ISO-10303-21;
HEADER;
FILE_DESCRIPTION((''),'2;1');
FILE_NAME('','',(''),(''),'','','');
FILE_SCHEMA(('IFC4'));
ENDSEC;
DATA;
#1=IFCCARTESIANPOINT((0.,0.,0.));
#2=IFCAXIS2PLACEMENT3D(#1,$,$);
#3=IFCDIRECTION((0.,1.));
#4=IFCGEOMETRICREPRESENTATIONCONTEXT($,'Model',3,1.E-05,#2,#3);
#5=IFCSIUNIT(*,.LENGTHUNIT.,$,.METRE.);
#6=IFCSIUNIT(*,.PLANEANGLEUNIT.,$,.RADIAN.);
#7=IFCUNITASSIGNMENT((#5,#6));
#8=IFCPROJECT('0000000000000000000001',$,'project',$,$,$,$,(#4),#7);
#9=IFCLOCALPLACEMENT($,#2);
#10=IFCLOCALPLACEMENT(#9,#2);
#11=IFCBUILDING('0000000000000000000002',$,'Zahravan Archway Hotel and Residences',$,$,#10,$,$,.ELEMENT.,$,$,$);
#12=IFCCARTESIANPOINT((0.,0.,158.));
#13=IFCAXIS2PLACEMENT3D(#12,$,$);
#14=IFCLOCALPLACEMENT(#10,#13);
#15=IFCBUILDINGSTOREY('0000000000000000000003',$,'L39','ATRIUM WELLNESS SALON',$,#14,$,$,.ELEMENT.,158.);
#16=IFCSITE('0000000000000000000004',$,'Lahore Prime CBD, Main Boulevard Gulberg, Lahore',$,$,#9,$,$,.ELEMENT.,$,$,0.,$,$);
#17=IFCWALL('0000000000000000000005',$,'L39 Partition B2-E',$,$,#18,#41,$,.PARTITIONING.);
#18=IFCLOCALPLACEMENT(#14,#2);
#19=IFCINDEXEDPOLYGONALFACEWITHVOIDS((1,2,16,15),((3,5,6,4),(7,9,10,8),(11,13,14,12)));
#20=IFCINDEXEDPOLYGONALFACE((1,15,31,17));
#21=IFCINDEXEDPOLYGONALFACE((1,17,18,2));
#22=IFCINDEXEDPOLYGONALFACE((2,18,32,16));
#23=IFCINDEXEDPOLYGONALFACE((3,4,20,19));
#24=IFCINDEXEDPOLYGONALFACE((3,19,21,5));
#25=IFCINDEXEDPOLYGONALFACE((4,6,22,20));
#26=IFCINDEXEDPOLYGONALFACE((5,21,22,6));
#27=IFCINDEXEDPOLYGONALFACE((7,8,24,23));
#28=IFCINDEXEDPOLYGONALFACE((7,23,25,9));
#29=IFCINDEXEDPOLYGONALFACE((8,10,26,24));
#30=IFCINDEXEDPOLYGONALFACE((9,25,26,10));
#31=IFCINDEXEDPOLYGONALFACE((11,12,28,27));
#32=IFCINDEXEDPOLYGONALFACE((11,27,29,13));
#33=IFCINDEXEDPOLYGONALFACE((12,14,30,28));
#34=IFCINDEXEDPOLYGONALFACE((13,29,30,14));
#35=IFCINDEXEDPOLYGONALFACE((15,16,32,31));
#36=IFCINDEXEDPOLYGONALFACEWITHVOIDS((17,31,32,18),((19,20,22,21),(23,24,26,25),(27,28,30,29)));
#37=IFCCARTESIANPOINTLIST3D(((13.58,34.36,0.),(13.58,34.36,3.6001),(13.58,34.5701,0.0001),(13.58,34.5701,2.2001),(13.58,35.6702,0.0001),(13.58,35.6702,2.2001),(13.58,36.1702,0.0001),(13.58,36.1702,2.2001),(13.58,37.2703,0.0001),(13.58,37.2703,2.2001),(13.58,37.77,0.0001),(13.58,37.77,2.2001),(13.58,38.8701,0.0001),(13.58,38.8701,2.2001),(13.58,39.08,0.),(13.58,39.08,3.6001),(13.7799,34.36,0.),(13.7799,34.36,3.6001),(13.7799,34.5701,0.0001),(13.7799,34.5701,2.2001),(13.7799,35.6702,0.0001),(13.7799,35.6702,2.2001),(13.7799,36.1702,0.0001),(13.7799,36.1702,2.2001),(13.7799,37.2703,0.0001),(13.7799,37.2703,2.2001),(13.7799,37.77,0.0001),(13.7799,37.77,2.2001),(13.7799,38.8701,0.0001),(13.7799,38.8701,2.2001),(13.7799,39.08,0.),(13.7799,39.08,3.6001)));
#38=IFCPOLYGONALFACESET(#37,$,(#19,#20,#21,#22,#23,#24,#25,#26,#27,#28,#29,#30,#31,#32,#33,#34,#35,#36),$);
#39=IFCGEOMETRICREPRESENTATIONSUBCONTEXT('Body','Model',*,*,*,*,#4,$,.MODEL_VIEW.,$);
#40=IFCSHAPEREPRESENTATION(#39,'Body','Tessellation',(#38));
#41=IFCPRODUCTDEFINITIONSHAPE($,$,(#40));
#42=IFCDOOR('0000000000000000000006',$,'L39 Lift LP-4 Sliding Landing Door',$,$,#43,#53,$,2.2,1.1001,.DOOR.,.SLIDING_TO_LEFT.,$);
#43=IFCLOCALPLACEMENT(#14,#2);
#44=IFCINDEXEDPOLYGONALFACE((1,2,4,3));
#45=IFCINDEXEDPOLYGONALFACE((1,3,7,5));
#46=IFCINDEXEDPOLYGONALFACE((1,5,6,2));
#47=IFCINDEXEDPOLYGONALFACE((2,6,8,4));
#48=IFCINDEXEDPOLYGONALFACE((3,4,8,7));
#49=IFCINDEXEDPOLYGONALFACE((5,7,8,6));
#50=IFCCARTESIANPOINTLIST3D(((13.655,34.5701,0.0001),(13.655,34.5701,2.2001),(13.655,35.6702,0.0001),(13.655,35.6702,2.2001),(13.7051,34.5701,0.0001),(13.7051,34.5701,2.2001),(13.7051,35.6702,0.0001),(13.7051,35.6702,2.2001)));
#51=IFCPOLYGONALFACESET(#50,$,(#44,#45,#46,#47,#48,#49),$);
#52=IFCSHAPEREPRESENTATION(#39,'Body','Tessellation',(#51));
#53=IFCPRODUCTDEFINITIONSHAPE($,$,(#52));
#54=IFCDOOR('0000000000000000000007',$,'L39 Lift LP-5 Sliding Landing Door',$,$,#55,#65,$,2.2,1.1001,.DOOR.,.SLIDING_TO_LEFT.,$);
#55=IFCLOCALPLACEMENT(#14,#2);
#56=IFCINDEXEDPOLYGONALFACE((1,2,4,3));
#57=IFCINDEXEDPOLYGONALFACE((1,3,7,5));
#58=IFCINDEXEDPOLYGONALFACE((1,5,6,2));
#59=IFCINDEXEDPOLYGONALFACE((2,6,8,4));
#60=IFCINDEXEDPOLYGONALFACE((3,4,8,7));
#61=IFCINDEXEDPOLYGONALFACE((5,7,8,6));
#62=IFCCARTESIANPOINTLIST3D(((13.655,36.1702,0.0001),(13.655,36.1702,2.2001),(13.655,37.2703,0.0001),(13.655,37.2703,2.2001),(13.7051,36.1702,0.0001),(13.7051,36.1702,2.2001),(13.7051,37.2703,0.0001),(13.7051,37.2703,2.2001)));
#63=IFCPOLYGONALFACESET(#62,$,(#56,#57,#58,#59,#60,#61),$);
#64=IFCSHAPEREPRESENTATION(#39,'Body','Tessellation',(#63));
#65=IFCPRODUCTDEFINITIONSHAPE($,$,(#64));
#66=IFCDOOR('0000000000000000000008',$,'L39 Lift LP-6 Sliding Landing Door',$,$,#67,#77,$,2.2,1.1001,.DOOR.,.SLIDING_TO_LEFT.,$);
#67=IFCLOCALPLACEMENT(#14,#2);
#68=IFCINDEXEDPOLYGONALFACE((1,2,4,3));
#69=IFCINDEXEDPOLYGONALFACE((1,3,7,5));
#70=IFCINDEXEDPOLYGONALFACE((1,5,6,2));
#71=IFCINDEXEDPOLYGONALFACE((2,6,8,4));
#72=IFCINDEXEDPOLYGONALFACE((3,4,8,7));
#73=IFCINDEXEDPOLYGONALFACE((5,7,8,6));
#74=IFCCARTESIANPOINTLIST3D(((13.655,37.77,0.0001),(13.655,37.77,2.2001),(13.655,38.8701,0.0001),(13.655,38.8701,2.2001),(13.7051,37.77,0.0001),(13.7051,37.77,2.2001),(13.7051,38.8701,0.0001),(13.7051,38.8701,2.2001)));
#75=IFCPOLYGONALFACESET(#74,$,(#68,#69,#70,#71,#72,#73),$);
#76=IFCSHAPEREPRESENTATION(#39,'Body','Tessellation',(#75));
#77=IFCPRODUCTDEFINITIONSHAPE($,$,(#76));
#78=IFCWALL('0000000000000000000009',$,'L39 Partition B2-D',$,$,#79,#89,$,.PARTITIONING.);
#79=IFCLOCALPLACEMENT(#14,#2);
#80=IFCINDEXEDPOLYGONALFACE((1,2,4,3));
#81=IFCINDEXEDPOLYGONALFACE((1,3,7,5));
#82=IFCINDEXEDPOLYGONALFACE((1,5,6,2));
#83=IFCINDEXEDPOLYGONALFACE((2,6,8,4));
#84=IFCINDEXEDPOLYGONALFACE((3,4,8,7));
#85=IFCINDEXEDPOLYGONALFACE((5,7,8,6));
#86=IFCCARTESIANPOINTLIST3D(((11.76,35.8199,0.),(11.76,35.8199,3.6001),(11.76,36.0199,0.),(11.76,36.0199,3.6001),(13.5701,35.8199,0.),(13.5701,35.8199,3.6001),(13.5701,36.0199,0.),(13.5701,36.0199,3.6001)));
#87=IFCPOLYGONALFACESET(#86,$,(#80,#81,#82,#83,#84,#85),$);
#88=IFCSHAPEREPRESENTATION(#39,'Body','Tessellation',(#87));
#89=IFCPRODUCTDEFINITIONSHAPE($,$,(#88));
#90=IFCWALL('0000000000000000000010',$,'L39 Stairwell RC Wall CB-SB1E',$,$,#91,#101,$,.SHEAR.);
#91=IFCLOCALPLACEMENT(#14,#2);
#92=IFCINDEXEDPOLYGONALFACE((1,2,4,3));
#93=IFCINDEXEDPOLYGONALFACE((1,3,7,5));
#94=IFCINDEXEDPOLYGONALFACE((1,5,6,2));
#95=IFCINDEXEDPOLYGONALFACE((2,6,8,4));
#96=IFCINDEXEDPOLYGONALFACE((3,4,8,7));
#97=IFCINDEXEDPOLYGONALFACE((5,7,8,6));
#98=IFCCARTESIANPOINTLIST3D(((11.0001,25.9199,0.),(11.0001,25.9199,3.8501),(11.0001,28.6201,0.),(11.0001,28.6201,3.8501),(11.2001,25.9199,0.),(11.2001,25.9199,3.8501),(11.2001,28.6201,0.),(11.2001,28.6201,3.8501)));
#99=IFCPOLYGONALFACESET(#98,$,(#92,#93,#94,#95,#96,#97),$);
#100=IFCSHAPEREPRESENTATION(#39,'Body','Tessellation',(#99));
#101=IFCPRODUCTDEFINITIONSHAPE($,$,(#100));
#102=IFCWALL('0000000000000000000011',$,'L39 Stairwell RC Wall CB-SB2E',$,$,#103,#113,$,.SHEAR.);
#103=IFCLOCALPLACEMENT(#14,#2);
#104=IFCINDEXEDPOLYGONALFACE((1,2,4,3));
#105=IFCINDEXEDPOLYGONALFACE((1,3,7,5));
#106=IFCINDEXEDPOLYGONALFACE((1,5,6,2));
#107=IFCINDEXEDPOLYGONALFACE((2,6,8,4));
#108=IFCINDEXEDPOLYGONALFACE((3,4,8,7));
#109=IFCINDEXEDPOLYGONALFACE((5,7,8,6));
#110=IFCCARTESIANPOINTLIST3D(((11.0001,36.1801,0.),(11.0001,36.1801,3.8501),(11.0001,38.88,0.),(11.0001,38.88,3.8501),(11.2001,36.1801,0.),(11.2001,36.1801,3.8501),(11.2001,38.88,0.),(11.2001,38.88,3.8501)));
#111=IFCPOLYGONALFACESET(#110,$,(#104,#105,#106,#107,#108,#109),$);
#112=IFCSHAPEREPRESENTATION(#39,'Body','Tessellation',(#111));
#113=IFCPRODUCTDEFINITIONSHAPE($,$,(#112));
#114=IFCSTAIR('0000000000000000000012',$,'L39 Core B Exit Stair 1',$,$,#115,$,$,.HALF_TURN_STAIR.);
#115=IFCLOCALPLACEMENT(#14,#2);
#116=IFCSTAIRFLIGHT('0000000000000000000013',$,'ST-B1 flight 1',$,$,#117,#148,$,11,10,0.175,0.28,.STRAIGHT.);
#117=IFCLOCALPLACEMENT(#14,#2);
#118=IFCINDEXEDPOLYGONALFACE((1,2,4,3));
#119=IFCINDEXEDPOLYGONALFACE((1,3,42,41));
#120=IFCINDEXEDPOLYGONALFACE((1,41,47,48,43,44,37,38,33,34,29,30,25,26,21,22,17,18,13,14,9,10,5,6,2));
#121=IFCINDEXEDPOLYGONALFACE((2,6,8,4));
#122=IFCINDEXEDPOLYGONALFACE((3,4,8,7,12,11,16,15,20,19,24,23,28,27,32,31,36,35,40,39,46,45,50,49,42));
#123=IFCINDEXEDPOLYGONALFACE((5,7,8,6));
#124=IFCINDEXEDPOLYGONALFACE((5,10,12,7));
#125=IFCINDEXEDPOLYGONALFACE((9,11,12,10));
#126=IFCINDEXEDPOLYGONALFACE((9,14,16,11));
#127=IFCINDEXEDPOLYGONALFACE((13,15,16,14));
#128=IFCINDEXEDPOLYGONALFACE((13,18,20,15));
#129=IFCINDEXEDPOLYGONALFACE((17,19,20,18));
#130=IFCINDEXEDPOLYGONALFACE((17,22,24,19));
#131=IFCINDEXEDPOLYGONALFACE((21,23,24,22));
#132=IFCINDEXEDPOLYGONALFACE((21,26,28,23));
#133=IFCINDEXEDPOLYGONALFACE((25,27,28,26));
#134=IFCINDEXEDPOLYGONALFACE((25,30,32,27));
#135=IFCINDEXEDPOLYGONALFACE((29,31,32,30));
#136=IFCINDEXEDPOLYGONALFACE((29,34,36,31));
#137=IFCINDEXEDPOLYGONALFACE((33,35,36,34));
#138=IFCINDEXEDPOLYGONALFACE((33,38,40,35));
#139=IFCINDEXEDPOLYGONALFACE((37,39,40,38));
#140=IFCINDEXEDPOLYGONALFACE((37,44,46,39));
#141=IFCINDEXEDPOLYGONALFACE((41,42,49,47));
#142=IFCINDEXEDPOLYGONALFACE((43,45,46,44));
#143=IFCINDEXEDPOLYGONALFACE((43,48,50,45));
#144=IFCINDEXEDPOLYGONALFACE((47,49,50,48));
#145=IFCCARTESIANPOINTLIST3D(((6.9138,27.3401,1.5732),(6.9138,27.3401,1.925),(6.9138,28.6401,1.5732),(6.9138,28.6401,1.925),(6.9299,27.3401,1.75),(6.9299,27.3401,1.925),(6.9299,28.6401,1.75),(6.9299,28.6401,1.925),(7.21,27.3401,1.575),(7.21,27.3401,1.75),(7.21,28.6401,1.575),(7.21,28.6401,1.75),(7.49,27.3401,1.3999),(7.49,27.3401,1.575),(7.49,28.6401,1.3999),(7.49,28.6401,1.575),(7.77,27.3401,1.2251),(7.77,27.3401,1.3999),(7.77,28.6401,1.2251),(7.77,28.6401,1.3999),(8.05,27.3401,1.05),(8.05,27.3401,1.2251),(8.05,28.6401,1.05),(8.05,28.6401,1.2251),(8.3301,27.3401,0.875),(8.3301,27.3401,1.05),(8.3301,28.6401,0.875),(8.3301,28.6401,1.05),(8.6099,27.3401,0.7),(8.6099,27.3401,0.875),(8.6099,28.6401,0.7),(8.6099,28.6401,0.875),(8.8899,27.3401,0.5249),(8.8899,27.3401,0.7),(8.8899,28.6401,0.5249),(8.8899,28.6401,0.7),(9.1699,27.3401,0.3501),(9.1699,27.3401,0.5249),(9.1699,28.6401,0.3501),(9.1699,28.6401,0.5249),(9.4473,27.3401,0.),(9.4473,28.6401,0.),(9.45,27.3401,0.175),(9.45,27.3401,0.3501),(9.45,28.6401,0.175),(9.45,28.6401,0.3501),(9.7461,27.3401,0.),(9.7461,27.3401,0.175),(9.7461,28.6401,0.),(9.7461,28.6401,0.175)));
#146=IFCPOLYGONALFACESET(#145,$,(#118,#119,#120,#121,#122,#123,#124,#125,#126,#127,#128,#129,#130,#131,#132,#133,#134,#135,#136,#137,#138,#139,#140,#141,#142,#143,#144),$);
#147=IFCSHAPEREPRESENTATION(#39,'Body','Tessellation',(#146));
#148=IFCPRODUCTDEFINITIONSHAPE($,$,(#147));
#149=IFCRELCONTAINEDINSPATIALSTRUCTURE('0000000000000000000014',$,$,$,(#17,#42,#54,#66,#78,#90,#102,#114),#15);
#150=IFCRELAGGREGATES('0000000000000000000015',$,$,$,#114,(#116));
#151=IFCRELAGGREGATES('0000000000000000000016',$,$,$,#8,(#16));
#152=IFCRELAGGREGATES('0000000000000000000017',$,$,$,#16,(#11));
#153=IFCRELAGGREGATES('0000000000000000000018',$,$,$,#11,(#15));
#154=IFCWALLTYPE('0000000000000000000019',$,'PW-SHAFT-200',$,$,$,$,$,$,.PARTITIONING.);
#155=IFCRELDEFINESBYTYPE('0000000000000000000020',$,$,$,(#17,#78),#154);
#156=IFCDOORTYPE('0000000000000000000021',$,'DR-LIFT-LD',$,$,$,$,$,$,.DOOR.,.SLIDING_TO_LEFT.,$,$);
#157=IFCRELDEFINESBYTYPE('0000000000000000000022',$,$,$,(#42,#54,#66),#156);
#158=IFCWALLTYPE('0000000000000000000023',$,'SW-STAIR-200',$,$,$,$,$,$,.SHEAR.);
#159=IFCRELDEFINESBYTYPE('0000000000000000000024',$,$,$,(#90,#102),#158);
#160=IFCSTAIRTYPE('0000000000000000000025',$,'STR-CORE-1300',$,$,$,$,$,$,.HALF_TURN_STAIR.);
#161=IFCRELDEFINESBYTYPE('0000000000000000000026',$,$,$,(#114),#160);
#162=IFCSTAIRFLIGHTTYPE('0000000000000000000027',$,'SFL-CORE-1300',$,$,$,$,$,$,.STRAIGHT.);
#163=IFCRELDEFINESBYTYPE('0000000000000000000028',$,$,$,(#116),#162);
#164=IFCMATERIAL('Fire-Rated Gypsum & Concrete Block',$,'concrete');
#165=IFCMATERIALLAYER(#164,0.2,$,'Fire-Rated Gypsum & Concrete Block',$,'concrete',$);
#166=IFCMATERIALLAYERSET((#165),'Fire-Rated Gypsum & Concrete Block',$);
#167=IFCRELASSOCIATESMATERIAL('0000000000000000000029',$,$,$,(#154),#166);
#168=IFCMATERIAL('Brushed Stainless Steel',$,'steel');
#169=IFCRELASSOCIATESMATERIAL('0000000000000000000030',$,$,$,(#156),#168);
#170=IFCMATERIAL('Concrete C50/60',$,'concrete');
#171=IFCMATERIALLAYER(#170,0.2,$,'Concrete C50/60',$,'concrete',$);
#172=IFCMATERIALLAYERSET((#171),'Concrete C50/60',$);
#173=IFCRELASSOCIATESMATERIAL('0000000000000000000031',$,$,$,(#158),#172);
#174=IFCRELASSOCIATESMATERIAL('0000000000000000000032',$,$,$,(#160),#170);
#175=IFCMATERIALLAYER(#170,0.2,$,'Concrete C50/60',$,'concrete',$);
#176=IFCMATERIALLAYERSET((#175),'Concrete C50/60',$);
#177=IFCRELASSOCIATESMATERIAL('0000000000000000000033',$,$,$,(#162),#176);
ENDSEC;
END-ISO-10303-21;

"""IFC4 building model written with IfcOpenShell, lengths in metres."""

from ifc_helpers import new_model, si_unit, direction, frame, frame_2d, origin, place, context, subcontext, project, spatial, polyline, rectangle, outline, extrude, source, transform, mapped, material, layer, layer_set, type_object, type_shapes, element, fill, aggregate, save


model = new_model("IFC4")

# Units and contexts
model_context = context("Model", 3, precision=1e-05, world=origin(), true_north=direction((0.0, 1.0)))
body_context = subcontext(model_context, "Body", "Model", "MODEL_VIEW")
ifc_project = project(units=[si_unit("LENGTHUNIT", "METRE"), si_unit("PLANEANGLEUNIT", "RADIAN")], contexts=[model_context])

# Site, building, storey
site_placement = place(None, origin())
site = spatial("IfcSite", under=ifc_project, at=site_placement, Name="Lahore Prime CBD, Main Boulevard Gulberg, Lahore", CompositionType="ELEMENT", RefElevation=0.0)
building_placement = place(site_placement, origin())
building = spatial("IfcBuilding", under=site, at=building_placement, Name="Zahravan Archway Hotel and Residences", CompositionType="ELEMENT")
storey_placement = place(building_placement, frame((0.0, 0.0, 158.0)))
storey = spatial("IfcBuildingStorey", under=building, at=storey_placement, Name="L39", Description="ATRIUM WELLNESS SALON", CompositionType="ELEMENT", Elevation=158.0)

# Shared definitions
ifc_material_1 = material(Name="Fire-Rated Gypsum & Concrete Block", Category="concrete")
ifc_layer_1 = layer(ifc_material_1, 0.2, Name="Fire-Rated Gypsum & Concrete Block", Category="concrete")
ifc_layer_set_1 = layer_set([ifc_layer_1], Name="Fire-Rated Gypsum & Concrete Block")
wall_type_1 = type_object("IfcWallType", Name="PW-SHAFT-200", PredefinedType="PARTITIONING", material=ifc_layer_set_1)

# Wall, openings, doors
wall_1_placement = place(storey_placement, frame((13.6799, 34.3601, 0.0), z_axis=(0.0, 0.0, 1.0), x_axis=(0.0, 1.0, 0.0)))
wall_1 = element("IfcWall", 1, at=wall_1_placement, inside=storey, type_object=wall_type_1, Name="L39 Partition B2-E", PredefinedType="PARTITIONING", context=body_context, shape_type="SweptSolid", body=[
    extrude(rectangle(XDim=4.72, YDim=0.2, at=frame_2d((2.3599, 0.0))), origin(), (0.0, 0.0, 1.0), 3.6001),
])
opening_1_placement = place(wall_1_placement, frame((0.21, 0.0, 0.0)))
opening_1 = element("IfcOpeningElement", 2, at=opening_1_placement, cuts=wall_1, PredefinedType="OPENING", context=body_context, shape_type="SweptSolid", body=[
    extrude(rectangle(XDim=1.1001, YDim=2.2, at=frame_2d((0.55, 1.1001))), frame((0.0, 0.1099, 0.0), z_axis=(0.0, -1.0, 0.0), x_axis=(1.0, 0.0, 0.0)), (0.0, 0.0, 1.0), 0.22),
])
opening_2_placement = place(wall_1_placement, frame((1.8101, 0.0, 0.0)))
opening_2 = element("IfcOpeningElement", 3, at=opening_2_placement, cuts=wall_1, PredefinedType="OPENING", context=body_context, shape_type="SweptSolid", body=[
    extrude(rectangle(XDim=1.1001, YDim=2.2, at=frame_2d((0.55, 1.1001))), frame((0.0, 0.1099, 0.0), z_axis=(0.0, -1.0, 0.0), x_axis=(1.0, 0.0, 0.0)), (0.0, 0.0, 1.0), 0.22),
])
opening_3_placement = place(wall_1_placement, frame((3.4099, 0.0, 0.0)))
opening_3 = element("IfcOpeningElement", 4, at=opening_3_placement, cuts=wall_1, PredefinedType="OPENING", context=body_context, shape_type="SweptSolid", body=[
    extrude(rectangle(XDim=1.1001, YDim=2.2, at=frame_2d((0.55, 1.1001))), frame((0.0, 0.1099, 0.0), z_axis=(0.0, -1.0, 0.0), x_axis=(1.0, 0.0, 0.0)), (0.0, 0.0, 1.0), 0.22),
])
ifc_material_2 = material(Name="Brushed Stainless Steel", Category="steel")
door_type_1 = type_object("IfcDoorType", Name="DR-LIFT-LD", OperationType="SLIDING_TO_LEFT", PredefinedType="DOOR", material=ifc_material_2)
shared_shape_1 = source(origin(), body_context, "Body", "SweptSolid", [
    extrude(rectangle(XDim=1.1001, YDim=2.2, at=frame_2d((0.55, 1.1001))), frame((0.0, 0.0249, 0.0), z_axis=(0.0, -1.0, 0.0), x_axis=(1.0, 0.0, 0.0)), (0.0, 0.0, 1.0), 0.05),
])
type_shapes(door_type_1, [shared_shape_1])
door_1_placement = place(opening_1_placement, origin())
door_1 = element("IfcDoor", 5, at=door_1_placement, inside=storey, type_object=door_type_1, Name="L39 Lift LP-4 Sliding Landing Door", OperationType="SLIDING_TO_LEFT", OverallHeight=2.2, OverallWidth=1.1001, PredefinedType="DOOR", context=body_context, shape_type="MappedRepresentation", body=[
    mapped(shared_shape_1, transform((0.0, 0.0, 0.0), scale=1.0)),
])
fill(opening_1, door_1)
door_2_placement = place(opening_2_placement, origin())
door_2 = element("IfcDoor", 6, at=door_2_placement, inside=storey, type_object=door_type_1, Name="L39 Lift LP-5 Sliding Landing Door", OperationType="SLIDING_TO_LEFT", OverallHeight=2.2, OverallWidth=1.1001, PredefinedType="DOOR", context=body_context, shape_type="MappedRepresentation", body=[
    mapped(shared_shape_1, transform((0.0, 0.0, 0.0), scale=1.0)),
])
fill(opening_2, door_2)
door_3_placement = place(opening_3_placement, origin())
door_3 = element("IfcDoor", 7, at=door_3_placement, inside=storey, type_object=door_type_1, Name="L39 Lift LP-6 Sliding Landing Door", OperationType="SLIDING_TO_LEFT", OverallHeight=2.2, OverallWidth=1.1001, PredefinedType="DOOR", context=body_context, shape_type="MappedRepresentation", body=[
    mapped(shared_shape_1, transform((0.0, 0.0, 0.0), scale=1.0)),
])
fill(opening_3, door_3)

# Wall
wall_2_placement = place(storey_placement, frame((11.76, 35.9199, 0.0), z_axis=(0.0, 0.0, 1.0), x_axis=(1.0, 0.0, 0.0)))
element("IfcWall", 8, at=wall_2_placement, inside=storey, type_object=wall_type_1, Name="L39 Partition B2-D", PredefinedType="PARTITIONING", context=body_context, shape_type="SweptSolid", body=[
    extrude(rectangle(XDim=1.8101, YDim=0.2, at=frame_2d((0.905, 0.0))), origin(), (0.0, 0.0, 1.0), 3.6001),
])

# Walls
ifc_material_3 = material(Name="Concrete C50/60", Category="concrete")
ifc_layer_2 = layer(ifc_material_3, 0.2, Name="Concrete C50/60", Category="concrete")
ifc_layer_set_2 = layer_set([ifc_layer_2], Name="Concrete C50/60")
wall_type_2 = type_object("IfcWallType", Name="SW-STAIR-200", PredefinedType="SHEAR", material=ifc_layer_set_2)
wall_3_placement = place(storey_placement, frame((11.1001, 25.9199, 0.0), z_axis=(0.0, 0.0, 1.0), x_axis=(0.0, 1.0, 0.0)))
element("IfcWall", 9, at=wall_3_placement, inside=storey, type_object=wall_type_2, Name="L39 Stairwell RC Wall CB-SB1E", PredefinedType="SHEAR", context=body_context, shape_type="SweptSolid", body=[
    extrude(rectangle(XDim=2.7002, YDim=0.2, at=frame_2d((1.3501, 0.0))), origin(), (0.0, 0.0, 1.0), 3.8501),
])
wall_4_placement = place(storey_placement, frame((11.1001, 36.1799, 0.0), z_axis=(0.0, 0.0, 1.0), x_axis=(0.0, 1.0, 0.0)))
element("IfcWall", 10, at=wall_4_placement, inside=storey, type_object=wall_type_2, Name="L39 Stairwell RC Wall CB-SB2E", PredefinedType="SHEAR", context=body_context, shape_type="SweptSolid", body=[
    extrude(rectangle(XDim=2.7, YDim=0.2, at=frame_2d((1.3501, 0.0))), origin(), (0.0, 0.0, 1.0), 3.8501),
])

# Stair, stair flight
stair_type = type_object("IfcStairType", Name="STR-CORE-1300", PredefinedType="HALF_TURN_STAIR", material=ifc_material_3)
stair_placement = place(storey_placement, origin())
stair = element("IfcStair", 11, at=stair_placement, inside=storey, type_object=stair_type, Name="L39 Core B Exit Stair 1", PredefinedType="HALF_TURN_STAIR")
ifc_layer_3 = layer(ifc_material_3, 0.2, Name="Concrete C50/60", Category="concrete")
ifc_layer_set_3 = layer_set([ifc_layer_3], Name="Concrete C50/60")
stair_flight_type = type_object("IfcStairFlightType", Name="SFL-CORE-1300", PredefinedType="STRAIGHT", material=ifc_layer_set_3)
shared_shape_2 = source(origin(), body_context, "Body", "SweptSolid", [
    extrude(outline(polyline([(-0.0161, 0.0), (-0.0161, 0.175), (0.28, 0.175), (0.28, 0.3501), (0.5601, 0.3501), (0.5601, 0.5249), (0.8401, 0.5249), (0.8401, 0.7), (1.1201, 0.7), (1.1201, 0.875), (1.3999, 0.875), (1.3999, 1.05), (1.6799, 1.05), (1.6799, 1.2251), (1.96, 1.2251), (1.96, 1.3999), (2.24, 1.3999), (2.24, 1.575), (2.52, 1.575), (2.52, 1.75), (2.8, 1.75), (2.8, 1.925), (2.8162, 1.925), (2.8162, 1.5732), (0.2827, 0.0), (-0.0161, 0.0)])), frame((0.0, 0.6499, 0.0), z_axis=(0.0, -1.0, 0.0), x_axis=(1.0, 0.0, 0.0)), (0.0, 0.0, 1.0), 1.3),
])
stair_flight_placement = place(storey_placement, frame((9.73, 27.99, 0.0), z_axis=(0.0, 0.0, 1.0), x_axis=(-1.0, 0.0, 0.0)))
stair_flight = element("IfcStairFlight", 12, at=stair_flight_placement, type_object=stair_flight_type, Name="ST-B1 flight 1", NumberOfRisers=11, NumberOfTreads=10, PredefinedType="STRAIGHT", RiserHeight=0.175, TreadLength=0.28, context=body_context, shape_type="MappedRepresentation", body=[
    mapped(shared_shape_2, transform((0.0, 0.0, 0.0), scale=1.0)),
])
aggregate(stair, [stair_flight])

save(model, "model.ifc")
